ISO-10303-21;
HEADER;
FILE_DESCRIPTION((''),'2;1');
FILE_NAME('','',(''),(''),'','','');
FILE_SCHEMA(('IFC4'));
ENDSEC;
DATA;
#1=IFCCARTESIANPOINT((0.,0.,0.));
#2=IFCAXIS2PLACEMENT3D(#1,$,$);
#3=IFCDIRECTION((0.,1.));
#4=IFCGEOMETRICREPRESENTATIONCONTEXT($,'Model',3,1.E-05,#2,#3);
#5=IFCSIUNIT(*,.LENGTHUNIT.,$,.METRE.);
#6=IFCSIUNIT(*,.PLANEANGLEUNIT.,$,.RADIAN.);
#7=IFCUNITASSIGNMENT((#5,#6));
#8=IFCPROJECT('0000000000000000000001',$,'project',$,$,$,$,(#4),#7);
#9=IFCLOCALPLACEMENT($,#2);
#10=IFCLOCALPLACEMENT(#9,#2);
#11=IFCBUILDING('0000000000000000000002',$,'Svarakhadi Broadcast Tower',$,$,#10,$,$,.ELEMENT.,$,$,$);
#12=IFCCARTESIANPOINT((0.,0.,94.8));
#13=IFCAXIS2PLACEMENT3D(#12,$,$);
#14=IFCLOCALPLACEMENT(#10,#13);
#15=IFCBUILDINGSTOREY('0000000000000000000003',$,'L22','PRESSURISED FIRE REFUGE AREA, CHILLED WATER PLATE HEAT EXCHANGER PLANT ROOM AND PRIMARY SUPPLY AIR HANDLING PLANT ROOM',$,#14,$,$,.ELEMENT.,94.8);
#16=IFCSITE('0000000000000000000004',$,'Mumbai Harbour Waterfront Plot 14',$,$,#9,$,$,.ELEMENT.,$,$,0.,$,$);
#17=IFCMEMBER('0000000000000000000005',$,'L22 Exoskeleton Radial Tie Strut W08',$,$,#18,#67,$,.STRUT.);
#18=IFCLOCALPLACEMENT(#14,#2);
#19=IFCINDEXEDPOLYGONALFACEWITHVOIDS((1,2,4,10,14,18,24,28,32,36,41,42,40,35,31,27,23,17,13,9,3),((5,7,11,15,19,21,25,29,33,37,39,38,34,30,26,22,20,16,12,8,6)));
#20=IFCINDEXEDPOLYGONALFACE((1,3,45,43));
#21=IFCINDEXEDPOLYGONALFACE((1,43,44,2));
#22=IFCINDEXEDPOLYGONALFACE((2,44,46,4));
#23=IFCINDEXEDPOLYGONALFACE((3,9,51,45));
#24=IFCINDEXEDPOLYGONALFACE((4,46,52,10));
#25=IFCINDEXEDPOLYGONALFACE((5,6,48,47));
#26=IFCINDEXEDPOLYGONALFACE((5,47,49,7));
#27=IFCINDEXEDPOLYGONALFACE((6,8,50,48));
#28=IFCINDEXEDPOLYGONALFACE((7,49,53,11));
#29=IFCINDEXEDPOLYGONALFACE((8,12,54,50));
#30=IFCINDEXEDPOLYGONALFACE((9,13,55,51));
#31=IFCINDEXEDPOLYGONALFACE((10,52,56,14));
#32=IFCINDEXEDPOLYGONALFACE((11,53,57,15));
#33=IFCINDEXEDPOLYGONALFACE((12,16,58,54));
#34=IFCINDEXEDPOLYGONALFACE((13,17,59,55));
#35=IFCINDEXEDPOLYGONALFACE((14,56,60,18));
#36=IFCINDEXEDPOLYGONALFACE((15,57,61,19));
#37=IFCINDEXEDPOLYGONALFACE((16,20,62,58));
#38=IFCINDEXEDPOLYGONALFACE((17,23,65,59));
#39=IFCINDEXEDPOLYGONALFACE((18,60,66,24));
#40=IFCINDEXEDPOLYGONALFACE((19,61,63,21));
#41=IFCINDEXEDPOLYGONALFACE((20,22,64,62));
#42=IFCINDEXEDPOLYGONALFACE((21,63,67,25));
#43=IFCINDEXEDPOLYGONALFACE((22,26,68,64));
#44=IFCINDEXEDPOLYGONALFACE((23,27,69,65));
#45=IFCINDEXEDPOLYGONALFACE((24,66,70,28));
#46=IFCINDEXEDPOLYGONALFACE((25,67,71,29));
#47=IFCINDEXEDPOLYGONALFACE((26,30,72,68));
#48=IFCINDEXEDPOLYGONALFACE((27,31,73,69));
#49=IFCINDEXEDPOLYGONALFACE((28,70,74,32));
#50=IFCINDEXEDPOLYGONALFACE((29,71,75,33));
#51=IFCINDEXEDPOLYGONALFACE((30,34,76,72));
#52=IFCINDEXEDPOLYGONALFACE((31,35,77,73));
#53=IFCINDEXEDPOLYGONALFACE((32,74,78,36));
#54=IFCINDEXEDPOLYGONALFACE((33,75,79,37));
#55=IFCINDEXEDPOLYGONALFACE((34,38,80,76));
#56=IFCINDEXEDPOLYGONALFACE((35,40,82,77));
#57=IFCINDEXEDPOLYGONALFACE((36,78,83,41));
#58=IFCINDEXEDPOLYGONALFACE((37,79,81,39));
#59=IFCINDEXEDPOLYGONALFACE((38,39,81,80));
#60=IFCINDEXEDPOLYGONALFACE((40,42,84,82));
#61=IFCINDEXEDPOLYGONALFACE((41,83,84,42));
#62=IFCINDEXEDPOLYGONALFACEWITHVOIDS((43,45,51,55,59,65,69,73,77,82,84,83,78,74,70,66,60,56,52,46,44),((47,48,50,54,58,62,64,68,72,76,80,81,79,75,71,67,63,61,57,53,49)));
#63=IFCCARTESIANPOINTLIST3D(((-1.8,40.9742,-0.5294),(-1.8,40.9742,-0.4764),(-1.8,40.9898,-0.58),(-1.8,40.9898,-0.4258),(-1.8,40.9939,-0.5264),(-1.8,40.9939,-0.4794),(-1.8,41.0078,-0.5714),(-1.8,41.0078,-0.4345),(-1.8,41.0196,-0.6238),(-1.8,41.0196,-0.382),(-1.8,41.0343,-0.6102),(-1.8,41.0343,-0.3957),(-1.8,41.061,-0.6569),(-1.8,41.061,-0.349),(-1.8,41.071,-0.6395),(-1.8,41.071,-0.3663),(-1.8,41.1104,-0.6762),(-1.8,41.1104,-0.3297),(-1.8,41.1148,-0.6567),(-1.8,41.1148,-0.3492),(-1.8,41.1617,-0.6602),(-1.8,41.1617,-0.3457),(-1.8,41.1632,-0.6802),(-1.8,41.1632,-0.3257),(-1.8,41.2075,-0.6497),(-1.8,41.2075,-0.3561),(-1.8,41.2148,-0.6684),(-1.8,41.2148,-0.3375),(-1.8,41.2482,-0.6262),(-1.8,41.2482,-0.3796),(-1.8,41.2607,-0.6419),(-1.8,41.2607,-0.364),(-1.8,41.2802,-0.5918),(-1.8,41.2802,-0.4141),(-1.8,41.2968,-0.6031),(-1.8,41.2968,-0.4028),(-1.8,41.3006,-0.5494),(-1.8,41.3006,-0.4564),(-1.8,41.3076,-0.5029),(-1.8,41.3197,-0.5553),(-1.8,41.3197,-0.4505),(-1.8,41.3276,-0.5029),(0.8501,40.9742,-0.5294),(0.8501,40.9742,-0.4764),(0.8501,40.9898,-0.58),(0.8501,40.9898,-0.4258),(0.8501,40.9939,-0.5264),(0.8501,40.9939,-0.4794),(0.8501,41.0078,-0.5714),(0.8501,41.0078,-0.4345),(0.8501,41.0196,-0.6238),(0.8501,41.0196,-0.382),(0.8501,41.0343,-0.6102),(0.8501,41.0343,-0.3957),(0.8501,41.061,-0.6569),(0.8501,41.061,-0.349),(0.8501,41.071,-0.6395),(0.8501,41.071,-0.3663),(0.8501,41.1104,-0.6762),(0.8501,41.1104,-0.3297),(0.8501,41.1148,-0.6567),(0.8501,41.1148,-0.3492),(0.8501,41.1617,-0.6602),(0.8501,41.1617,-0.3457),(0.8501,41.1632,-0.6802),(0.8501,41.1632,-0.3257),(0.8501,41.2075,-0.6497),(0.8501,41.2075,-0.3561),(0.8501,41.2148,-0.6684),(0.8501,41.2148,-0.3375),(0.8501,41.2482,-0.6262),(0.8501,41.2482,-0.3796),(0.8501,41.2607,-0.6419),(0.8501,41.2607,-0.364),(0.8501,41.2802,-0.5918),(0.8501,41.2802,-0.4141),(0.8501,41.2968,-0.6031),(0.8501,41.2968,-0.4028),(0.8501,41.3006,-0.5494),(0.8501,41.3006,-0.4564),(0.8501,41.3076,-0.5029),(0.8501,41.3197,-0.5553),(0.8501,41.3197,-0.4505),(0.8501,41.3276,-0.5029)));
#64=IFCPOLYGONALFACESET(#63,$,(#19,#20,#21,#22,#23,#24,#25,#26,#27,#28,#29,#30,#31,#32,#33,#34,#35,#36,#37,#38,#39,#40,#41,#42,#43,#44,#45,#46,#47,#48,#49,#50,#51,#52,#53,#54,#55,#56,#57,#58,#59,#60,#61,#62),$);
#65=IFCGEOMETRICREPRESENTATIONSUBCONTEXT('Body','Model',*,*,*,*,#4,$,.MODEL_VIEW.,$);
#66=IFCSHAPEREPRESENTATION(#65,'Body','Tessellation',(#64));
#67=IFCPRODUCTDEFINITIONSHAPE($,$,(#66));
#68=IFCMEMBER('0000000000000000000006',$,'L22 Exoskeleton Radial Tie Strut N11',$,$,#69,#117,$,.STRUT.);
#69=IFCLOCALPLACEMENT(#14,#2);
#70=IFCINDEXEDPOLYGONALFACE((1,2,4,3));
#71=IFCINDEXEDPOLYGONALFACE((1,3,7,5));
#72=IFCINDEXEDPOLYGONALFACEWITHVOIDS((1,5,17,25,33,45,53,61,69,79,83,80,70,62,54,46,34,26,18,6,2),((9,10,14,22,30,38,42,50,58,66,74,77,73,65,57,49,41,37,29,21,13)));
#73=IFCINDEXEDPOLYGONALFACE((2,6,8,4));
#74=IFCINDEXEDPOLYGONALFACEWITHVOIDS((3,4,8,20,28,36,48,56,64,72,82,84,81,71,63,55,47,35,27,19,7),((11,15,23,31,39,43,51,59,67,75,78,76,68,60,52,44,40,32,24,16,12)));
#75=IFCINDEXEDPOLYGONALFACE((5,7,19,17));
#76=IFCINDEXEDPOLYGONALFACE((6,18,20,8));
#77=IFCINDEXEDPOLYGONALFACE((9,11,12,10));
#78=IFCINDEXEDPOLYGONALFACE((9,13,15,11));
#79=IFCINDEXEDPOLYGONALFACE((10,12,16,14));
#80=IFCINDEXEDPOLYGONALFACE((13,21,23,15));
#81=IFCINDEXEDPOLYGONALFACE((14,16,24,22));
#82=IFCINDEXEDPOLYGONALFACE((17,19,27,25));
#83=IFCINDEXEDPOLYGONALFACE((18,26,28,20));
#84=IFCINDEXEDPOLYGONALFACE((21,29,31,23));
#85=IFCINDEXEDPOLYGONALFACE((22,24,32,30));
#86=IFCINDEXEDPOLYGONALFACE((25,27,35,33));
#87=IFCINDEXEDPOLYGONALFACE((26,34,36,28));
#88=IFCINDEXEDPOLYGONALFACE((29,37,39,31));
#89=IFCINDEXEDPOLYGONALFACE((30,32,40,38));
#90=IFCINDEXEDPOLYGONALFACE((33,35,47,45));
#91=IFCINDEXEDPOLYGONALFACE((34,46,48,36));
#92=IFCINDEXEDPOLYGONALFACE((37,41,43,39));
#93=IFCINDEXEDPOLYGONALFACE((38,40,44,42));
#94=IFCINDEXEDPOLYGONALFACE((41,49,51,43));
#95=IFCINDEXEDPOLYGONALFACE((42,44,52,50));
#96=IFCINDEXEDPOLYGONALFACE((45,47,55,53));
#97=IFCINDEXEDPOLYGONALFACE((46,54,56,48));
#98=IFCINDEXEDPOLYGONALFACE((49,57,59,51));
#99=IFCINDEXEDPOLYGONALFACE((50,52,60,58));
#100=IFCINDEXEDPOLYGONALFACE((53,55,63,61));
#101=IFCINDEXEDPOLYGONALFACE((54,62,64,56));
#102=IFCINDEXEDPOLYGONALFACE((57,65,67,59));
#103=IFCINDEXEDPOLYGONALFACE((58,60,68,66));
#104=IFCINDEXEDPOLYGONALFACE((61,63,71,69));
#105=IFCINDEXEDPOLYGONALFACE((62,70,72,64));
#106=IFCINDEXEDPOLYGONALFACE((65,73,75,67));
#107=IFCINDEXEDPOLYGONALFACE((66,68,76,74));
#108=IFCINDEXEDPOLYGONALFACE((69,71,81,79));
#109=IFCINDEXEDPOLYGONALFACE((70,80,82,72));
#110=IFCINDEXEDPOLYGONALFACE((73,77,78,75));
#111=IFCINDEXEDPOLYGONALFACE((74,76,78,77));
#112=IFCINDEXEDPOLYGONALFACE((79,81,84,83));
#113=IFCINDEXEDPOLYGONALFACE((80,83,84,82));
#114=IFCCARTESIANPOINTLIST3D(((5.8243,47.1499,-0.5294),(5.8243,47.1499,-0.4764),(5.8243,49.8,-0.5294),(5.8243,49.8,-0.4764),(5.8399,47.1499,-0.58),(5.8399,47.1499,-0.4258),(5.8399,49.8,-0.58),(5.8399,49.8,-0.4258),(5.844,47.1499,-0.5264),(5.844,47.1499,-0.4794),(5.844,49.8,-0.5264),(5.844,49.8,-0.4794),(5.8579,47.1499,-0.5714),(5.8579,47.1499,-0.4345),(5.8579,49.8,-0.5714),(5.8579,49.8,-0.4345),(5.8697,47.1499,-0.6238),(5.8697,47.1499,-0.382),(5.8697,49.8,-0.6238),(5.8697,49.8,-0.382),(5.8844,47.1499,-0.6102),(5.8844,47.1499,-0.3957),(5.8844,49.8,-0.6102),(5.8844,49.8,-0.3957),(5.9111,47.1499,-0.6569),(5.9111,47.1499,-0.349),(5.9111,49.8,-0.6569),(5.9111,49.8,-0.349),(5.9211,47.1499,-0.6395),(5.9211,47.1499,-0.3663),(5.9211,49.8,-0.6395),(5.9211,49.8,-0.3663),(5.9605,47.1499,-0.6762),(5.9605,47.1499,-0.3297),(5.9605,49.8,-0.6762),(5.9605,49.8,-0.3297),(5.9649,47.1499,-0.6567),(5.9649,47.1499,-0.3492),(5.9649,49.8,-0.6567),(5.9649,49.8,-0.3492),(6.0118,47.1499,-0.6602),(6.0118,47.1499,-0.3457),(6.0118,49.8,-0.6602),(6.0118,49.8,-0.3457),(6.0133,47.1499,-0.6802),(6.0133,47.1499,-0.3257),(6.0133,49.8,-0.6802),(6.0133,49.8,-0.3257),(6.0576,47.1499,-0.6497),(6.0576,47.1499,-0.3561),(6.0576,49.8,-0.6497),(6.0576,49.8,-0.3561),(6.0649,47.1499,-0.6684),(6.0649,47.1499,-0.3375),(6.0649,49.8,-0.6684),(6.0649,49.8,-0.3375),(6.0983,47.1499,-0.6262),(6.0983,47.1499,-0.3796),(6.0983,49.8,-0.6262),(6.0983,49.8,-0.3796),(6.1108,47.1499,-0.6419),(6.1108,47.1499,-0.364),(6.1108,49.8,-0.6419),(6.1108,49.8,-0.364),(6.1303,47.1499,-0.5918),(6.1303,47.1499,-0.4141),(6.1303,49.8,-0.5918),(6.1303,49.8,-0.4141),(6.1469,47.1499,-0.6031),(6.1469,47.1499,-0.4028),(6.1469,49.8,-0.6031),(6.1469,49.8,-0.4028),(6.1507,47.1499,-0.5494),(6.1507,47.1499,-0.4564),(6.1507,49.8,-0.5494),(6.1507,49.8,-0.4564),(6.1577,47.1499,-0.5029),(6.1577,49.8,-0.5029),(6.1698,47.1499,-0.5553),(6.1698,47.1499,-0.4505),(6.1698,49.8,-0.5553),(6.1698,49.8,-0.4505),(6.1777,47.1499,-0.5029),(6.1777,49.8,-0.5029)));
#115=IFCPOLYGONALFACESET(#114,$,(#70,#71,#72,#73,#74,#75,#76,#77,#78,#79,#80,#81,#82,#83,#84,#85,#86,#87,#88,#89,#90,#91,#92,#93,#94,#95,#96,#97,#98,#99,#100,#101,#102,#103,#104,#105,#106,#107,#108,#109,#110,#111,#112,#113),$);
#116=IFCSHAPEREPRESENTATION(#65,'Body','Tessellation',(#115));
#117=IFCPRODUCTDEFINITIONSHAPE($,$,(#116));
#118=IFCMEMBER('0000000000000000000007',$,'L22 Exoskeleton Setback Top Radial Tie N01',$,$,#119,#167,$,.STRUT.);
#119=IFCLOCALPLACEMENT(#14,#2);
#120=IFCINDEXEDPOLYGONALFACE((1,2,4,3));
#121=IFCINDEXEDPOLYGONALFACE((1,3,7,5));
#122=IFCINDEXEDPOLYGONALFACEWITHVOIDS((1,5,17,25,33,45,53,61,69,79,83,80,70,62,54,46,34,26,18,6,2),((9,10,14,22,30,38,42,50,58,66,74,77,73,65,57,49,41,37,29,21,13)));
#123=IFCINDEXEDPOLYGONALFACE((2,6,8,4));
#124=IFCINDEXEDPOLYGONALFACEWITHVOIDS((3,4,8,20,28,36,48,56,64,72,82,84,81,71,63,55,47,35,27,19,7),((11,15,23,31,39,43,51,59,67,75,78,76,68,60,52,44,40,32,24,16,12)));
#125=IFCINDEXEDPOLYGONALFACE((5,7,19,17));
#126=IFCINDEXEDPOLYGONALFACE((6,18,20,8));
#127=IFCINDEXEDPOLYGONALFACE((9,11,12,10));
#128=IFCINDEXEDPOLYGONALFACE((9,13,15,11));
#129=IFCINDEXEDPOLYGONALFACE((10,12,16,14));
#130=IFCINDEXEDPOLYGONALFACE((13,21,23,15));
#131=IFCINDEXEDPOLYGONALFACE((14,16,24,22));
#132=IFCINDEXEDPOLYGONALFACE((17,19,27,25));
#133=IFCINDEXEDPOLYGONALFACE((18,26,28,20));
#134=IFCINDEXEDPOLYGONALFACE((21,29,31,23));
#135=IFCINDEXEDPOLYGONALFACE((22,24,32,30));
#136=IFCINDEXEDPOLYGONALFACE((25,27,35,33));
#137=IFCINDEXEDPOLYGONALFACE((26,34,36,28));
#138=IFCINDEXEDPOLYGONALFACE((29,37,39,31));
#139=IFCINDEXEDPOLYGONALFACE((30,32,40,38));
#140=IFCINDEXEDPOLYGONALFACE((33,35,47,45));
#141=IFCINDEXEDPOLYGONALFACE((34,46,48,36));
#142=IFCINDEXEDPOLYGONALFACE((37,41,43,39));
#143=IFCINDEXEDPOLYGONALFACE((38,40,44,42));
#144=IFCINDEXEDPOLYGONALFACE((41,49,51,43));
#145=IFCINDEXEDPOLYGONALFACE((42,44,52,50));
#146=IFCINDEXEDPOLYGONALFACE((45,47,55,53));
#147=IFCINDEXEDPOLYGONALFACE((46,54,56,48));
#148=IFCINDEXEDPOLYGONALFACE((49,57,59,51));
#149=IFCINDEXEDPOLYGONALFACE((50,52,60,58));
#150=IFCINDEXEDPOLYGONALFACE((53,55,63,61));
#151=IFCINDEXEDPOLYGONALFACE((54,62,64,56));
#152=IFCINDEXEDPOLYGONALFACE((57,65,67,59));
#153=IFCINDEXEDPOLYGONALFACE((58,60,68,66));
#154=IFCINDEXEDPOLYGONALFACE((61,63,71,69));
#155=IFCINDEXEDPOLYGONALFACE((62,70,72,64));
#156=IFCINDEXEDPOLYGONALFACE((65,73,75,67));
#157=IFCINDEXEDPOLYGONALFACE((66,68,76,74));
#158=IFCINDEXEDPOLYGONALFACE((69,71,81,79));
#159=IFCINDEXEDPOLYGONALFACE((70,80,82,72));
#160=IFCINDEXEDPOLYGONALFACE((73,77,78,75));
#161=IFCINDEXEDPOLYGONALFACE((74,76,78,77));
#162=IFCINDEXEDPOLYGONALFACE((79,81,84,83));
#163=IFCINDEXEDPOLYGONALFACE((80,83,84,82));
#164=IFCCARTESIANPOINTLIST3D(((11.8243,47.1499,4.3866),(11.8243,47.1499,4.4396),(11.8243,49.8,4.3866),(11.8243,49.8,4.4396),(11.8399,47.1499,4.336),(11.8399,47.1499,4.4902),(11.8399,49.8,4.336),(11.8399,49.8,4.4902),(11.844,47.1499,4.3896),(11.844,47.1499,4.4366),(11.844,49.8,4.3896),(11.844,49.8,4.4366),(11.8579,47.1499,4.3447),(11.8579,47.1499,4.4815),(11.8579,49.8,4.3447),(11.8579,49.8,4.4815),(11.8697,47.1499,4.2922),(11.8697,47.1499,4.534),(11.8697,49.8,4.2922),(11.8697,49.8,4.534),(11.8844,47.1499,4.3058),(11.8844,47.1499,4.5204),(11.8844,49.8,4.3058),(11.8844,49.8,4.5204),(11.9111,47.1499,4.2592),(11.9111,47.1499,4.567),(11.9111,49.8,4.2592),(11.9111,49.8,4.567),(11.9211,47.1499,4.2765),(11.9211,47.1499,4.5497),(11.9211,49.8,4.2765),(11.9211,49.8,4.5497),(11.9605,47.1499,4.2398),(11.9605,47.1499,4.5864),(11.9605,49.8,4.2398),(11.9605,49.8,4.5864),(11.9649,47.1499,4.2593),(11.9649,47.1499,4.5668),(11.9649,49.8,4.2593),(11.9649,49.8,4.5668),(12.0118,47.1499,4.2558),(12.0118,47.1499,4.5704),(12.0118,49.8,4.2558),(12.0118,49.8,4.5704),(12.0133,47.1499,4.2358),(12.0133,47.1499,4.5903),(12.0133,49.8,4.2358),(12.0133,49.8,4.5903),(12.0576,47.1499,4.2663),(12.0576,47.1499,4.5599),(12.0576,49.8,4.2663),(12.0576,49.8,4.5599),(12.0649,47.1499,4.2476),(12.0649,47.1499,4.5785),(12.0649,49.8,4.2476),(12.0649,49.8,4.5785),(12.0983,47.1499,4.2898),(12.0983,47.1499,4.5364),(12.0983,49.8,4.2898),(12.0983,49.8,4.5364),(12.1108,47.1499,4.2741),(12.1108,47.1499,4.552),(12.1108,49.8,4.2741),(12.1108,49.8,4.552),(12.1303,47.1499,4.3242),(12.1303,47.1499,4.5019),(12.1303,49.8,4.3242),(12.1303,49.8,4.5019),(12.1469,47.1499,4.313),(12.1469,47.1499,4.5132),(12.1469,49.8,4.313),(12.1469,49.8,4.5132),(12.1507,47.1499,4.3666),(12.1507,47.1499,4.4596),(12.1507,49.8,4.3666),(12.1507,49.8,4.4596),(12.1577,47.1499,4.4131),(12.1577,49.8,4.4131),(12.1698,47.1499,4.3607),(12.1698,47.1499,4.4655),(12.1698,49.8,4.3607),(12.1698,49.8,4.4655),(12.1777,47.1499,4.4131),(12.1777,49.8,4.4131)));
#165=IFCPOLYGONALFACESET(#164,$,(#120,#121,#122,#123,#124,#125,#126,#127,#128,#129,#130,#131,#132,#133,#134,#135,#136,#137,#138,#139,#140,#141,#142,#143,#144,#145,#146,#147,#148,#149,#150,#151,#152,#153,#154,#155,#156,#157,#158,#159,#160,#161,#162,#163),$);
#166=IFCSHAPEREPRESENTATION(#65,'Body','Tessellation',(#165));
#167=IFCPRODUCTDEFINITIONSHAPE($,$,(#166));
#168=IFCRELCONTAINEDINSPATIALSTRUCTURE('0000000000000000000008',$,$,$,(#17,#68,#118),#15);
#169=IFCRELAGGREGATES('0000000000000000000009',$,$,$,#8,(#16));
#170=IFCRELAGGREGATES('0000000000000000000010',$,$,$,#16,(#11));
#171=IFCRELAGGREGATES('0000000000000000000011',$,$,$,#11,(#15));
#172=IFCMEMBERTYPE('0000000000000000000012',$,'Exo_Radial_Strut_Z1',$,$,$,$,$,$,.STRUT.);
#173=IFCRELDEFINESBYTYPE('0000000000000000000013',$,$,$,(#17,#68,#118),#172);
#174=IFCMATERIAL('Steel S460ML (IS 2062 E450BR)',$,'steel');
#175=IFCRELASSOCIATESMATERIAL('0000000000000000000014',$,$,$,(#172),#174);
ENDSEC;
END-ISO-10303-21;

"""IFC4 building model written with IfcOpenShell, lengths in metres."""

from ifc_helpers import new_model, si_unit, direction, frame, origin, origin_2d, place, context, subcontext, project, spatial, hollow_circle, extrude, material, material_profile, profile_set, type_object, element, save


model = new_model("IFC4")

# Units and contexts
model_context = context("Model", 3, precision=1e-05, world=origin(), true_north=direction((0.0, 1.0)))
body_context = subcontext(model_context, "Body", "Model", "MODEL_VIEW")
ifc_project = project(units=[si_unit("LENGTHUNIT", "METRE"), si_unit("PLANEANGLEUNIT", "RADIAN")], contexts=[model_context])

# Site, building, storey
site_placement = place(None, origin())
site = spatial("IfcSite", under=ifc_project, at=site_placement, Name="Mumbai Harbour Waterfront Plot 14", CompositionType="ELEMENT", RefElevation=0.0)
building_placement = place(site_placement, origin())
building = spatial("IfcBuilding", under=site, at=building_placement, Name="Svarakhadi Broadcast Tower", CompositionType="ELEMENT")
storey_placement = place(building_placement, frame((0.0, 0.0, 94.8)))
storey = spatial("IfcBuildingStorey", under=building, at=storey_placement, Name="L22", Description="PRESSURISED FIRE REFUGE AREA, CHILLED WATER PLATE HEAT EXCHANGER PLANT ROOM AND PRIMARY SUPPLY AIR HANDLING PLANT ROOM", CompositionType="ELEMENT", Elevation=94.8)

# Shared definitions
ifc_material_1 = material(Name="Steel S460ML (IS 2062 E450BR)", Category="steel")

# Members
ifc_material_profile_1 = material_profile(ifc_material_1, hollow_circle(Radius=0.1777, WallThickness=0.02, at=origin_2d()), Name="CHS 355.6x20")
ifc_profile_set_1 = profile_set([ifc_material_profile_1], Name="Steel S460ML (IS 2062 E450BR)")
member_type_1 = type_object("IfcMemberType", Name="Exo_Radial_Strut_Z1", PredefinedType="STRUT", material=ifc_profile_set_1)
for number, where, z_axis, x_axis, name in (
    (1, (-1.8, 41.1499, -0.5029), (1.0, 0.0, 0.0), (0.0, 1.0, 0.0), "L22 Exoskeleton Radial Tie Strut W08"),
    (2, (6.0, 49.8, -0.5029), (0.0, -1.0, 0.0), (1.0, 0.0, 0.0), "L22 Exoskeleton Radial Tie Strut N11"),
    (3, (12.0, 49.8, 4.4131), (0.0, -1.0, 0.0), (1.0, 0.0, 0.0), "L22 Exoskeleton Setback Top Radial Tie N01"),
):
    element("IfcMember", number, at=place(storey_placement, frame(where, z_axis=z_axis, x_axis=x_axis)), inside=storey, type_object=member_type_1, Name=name, PredefinedType="STRUT", context=body_context, shape_type="SweptSolid", body=[
        extrude(hollow_circle(Radius=0.1777, WallThickness=0.02, at=origin_2d()), origin(), (0.0, 0.0, 1.0), 2.6501),
    ])

save(model, "model.ifc")
